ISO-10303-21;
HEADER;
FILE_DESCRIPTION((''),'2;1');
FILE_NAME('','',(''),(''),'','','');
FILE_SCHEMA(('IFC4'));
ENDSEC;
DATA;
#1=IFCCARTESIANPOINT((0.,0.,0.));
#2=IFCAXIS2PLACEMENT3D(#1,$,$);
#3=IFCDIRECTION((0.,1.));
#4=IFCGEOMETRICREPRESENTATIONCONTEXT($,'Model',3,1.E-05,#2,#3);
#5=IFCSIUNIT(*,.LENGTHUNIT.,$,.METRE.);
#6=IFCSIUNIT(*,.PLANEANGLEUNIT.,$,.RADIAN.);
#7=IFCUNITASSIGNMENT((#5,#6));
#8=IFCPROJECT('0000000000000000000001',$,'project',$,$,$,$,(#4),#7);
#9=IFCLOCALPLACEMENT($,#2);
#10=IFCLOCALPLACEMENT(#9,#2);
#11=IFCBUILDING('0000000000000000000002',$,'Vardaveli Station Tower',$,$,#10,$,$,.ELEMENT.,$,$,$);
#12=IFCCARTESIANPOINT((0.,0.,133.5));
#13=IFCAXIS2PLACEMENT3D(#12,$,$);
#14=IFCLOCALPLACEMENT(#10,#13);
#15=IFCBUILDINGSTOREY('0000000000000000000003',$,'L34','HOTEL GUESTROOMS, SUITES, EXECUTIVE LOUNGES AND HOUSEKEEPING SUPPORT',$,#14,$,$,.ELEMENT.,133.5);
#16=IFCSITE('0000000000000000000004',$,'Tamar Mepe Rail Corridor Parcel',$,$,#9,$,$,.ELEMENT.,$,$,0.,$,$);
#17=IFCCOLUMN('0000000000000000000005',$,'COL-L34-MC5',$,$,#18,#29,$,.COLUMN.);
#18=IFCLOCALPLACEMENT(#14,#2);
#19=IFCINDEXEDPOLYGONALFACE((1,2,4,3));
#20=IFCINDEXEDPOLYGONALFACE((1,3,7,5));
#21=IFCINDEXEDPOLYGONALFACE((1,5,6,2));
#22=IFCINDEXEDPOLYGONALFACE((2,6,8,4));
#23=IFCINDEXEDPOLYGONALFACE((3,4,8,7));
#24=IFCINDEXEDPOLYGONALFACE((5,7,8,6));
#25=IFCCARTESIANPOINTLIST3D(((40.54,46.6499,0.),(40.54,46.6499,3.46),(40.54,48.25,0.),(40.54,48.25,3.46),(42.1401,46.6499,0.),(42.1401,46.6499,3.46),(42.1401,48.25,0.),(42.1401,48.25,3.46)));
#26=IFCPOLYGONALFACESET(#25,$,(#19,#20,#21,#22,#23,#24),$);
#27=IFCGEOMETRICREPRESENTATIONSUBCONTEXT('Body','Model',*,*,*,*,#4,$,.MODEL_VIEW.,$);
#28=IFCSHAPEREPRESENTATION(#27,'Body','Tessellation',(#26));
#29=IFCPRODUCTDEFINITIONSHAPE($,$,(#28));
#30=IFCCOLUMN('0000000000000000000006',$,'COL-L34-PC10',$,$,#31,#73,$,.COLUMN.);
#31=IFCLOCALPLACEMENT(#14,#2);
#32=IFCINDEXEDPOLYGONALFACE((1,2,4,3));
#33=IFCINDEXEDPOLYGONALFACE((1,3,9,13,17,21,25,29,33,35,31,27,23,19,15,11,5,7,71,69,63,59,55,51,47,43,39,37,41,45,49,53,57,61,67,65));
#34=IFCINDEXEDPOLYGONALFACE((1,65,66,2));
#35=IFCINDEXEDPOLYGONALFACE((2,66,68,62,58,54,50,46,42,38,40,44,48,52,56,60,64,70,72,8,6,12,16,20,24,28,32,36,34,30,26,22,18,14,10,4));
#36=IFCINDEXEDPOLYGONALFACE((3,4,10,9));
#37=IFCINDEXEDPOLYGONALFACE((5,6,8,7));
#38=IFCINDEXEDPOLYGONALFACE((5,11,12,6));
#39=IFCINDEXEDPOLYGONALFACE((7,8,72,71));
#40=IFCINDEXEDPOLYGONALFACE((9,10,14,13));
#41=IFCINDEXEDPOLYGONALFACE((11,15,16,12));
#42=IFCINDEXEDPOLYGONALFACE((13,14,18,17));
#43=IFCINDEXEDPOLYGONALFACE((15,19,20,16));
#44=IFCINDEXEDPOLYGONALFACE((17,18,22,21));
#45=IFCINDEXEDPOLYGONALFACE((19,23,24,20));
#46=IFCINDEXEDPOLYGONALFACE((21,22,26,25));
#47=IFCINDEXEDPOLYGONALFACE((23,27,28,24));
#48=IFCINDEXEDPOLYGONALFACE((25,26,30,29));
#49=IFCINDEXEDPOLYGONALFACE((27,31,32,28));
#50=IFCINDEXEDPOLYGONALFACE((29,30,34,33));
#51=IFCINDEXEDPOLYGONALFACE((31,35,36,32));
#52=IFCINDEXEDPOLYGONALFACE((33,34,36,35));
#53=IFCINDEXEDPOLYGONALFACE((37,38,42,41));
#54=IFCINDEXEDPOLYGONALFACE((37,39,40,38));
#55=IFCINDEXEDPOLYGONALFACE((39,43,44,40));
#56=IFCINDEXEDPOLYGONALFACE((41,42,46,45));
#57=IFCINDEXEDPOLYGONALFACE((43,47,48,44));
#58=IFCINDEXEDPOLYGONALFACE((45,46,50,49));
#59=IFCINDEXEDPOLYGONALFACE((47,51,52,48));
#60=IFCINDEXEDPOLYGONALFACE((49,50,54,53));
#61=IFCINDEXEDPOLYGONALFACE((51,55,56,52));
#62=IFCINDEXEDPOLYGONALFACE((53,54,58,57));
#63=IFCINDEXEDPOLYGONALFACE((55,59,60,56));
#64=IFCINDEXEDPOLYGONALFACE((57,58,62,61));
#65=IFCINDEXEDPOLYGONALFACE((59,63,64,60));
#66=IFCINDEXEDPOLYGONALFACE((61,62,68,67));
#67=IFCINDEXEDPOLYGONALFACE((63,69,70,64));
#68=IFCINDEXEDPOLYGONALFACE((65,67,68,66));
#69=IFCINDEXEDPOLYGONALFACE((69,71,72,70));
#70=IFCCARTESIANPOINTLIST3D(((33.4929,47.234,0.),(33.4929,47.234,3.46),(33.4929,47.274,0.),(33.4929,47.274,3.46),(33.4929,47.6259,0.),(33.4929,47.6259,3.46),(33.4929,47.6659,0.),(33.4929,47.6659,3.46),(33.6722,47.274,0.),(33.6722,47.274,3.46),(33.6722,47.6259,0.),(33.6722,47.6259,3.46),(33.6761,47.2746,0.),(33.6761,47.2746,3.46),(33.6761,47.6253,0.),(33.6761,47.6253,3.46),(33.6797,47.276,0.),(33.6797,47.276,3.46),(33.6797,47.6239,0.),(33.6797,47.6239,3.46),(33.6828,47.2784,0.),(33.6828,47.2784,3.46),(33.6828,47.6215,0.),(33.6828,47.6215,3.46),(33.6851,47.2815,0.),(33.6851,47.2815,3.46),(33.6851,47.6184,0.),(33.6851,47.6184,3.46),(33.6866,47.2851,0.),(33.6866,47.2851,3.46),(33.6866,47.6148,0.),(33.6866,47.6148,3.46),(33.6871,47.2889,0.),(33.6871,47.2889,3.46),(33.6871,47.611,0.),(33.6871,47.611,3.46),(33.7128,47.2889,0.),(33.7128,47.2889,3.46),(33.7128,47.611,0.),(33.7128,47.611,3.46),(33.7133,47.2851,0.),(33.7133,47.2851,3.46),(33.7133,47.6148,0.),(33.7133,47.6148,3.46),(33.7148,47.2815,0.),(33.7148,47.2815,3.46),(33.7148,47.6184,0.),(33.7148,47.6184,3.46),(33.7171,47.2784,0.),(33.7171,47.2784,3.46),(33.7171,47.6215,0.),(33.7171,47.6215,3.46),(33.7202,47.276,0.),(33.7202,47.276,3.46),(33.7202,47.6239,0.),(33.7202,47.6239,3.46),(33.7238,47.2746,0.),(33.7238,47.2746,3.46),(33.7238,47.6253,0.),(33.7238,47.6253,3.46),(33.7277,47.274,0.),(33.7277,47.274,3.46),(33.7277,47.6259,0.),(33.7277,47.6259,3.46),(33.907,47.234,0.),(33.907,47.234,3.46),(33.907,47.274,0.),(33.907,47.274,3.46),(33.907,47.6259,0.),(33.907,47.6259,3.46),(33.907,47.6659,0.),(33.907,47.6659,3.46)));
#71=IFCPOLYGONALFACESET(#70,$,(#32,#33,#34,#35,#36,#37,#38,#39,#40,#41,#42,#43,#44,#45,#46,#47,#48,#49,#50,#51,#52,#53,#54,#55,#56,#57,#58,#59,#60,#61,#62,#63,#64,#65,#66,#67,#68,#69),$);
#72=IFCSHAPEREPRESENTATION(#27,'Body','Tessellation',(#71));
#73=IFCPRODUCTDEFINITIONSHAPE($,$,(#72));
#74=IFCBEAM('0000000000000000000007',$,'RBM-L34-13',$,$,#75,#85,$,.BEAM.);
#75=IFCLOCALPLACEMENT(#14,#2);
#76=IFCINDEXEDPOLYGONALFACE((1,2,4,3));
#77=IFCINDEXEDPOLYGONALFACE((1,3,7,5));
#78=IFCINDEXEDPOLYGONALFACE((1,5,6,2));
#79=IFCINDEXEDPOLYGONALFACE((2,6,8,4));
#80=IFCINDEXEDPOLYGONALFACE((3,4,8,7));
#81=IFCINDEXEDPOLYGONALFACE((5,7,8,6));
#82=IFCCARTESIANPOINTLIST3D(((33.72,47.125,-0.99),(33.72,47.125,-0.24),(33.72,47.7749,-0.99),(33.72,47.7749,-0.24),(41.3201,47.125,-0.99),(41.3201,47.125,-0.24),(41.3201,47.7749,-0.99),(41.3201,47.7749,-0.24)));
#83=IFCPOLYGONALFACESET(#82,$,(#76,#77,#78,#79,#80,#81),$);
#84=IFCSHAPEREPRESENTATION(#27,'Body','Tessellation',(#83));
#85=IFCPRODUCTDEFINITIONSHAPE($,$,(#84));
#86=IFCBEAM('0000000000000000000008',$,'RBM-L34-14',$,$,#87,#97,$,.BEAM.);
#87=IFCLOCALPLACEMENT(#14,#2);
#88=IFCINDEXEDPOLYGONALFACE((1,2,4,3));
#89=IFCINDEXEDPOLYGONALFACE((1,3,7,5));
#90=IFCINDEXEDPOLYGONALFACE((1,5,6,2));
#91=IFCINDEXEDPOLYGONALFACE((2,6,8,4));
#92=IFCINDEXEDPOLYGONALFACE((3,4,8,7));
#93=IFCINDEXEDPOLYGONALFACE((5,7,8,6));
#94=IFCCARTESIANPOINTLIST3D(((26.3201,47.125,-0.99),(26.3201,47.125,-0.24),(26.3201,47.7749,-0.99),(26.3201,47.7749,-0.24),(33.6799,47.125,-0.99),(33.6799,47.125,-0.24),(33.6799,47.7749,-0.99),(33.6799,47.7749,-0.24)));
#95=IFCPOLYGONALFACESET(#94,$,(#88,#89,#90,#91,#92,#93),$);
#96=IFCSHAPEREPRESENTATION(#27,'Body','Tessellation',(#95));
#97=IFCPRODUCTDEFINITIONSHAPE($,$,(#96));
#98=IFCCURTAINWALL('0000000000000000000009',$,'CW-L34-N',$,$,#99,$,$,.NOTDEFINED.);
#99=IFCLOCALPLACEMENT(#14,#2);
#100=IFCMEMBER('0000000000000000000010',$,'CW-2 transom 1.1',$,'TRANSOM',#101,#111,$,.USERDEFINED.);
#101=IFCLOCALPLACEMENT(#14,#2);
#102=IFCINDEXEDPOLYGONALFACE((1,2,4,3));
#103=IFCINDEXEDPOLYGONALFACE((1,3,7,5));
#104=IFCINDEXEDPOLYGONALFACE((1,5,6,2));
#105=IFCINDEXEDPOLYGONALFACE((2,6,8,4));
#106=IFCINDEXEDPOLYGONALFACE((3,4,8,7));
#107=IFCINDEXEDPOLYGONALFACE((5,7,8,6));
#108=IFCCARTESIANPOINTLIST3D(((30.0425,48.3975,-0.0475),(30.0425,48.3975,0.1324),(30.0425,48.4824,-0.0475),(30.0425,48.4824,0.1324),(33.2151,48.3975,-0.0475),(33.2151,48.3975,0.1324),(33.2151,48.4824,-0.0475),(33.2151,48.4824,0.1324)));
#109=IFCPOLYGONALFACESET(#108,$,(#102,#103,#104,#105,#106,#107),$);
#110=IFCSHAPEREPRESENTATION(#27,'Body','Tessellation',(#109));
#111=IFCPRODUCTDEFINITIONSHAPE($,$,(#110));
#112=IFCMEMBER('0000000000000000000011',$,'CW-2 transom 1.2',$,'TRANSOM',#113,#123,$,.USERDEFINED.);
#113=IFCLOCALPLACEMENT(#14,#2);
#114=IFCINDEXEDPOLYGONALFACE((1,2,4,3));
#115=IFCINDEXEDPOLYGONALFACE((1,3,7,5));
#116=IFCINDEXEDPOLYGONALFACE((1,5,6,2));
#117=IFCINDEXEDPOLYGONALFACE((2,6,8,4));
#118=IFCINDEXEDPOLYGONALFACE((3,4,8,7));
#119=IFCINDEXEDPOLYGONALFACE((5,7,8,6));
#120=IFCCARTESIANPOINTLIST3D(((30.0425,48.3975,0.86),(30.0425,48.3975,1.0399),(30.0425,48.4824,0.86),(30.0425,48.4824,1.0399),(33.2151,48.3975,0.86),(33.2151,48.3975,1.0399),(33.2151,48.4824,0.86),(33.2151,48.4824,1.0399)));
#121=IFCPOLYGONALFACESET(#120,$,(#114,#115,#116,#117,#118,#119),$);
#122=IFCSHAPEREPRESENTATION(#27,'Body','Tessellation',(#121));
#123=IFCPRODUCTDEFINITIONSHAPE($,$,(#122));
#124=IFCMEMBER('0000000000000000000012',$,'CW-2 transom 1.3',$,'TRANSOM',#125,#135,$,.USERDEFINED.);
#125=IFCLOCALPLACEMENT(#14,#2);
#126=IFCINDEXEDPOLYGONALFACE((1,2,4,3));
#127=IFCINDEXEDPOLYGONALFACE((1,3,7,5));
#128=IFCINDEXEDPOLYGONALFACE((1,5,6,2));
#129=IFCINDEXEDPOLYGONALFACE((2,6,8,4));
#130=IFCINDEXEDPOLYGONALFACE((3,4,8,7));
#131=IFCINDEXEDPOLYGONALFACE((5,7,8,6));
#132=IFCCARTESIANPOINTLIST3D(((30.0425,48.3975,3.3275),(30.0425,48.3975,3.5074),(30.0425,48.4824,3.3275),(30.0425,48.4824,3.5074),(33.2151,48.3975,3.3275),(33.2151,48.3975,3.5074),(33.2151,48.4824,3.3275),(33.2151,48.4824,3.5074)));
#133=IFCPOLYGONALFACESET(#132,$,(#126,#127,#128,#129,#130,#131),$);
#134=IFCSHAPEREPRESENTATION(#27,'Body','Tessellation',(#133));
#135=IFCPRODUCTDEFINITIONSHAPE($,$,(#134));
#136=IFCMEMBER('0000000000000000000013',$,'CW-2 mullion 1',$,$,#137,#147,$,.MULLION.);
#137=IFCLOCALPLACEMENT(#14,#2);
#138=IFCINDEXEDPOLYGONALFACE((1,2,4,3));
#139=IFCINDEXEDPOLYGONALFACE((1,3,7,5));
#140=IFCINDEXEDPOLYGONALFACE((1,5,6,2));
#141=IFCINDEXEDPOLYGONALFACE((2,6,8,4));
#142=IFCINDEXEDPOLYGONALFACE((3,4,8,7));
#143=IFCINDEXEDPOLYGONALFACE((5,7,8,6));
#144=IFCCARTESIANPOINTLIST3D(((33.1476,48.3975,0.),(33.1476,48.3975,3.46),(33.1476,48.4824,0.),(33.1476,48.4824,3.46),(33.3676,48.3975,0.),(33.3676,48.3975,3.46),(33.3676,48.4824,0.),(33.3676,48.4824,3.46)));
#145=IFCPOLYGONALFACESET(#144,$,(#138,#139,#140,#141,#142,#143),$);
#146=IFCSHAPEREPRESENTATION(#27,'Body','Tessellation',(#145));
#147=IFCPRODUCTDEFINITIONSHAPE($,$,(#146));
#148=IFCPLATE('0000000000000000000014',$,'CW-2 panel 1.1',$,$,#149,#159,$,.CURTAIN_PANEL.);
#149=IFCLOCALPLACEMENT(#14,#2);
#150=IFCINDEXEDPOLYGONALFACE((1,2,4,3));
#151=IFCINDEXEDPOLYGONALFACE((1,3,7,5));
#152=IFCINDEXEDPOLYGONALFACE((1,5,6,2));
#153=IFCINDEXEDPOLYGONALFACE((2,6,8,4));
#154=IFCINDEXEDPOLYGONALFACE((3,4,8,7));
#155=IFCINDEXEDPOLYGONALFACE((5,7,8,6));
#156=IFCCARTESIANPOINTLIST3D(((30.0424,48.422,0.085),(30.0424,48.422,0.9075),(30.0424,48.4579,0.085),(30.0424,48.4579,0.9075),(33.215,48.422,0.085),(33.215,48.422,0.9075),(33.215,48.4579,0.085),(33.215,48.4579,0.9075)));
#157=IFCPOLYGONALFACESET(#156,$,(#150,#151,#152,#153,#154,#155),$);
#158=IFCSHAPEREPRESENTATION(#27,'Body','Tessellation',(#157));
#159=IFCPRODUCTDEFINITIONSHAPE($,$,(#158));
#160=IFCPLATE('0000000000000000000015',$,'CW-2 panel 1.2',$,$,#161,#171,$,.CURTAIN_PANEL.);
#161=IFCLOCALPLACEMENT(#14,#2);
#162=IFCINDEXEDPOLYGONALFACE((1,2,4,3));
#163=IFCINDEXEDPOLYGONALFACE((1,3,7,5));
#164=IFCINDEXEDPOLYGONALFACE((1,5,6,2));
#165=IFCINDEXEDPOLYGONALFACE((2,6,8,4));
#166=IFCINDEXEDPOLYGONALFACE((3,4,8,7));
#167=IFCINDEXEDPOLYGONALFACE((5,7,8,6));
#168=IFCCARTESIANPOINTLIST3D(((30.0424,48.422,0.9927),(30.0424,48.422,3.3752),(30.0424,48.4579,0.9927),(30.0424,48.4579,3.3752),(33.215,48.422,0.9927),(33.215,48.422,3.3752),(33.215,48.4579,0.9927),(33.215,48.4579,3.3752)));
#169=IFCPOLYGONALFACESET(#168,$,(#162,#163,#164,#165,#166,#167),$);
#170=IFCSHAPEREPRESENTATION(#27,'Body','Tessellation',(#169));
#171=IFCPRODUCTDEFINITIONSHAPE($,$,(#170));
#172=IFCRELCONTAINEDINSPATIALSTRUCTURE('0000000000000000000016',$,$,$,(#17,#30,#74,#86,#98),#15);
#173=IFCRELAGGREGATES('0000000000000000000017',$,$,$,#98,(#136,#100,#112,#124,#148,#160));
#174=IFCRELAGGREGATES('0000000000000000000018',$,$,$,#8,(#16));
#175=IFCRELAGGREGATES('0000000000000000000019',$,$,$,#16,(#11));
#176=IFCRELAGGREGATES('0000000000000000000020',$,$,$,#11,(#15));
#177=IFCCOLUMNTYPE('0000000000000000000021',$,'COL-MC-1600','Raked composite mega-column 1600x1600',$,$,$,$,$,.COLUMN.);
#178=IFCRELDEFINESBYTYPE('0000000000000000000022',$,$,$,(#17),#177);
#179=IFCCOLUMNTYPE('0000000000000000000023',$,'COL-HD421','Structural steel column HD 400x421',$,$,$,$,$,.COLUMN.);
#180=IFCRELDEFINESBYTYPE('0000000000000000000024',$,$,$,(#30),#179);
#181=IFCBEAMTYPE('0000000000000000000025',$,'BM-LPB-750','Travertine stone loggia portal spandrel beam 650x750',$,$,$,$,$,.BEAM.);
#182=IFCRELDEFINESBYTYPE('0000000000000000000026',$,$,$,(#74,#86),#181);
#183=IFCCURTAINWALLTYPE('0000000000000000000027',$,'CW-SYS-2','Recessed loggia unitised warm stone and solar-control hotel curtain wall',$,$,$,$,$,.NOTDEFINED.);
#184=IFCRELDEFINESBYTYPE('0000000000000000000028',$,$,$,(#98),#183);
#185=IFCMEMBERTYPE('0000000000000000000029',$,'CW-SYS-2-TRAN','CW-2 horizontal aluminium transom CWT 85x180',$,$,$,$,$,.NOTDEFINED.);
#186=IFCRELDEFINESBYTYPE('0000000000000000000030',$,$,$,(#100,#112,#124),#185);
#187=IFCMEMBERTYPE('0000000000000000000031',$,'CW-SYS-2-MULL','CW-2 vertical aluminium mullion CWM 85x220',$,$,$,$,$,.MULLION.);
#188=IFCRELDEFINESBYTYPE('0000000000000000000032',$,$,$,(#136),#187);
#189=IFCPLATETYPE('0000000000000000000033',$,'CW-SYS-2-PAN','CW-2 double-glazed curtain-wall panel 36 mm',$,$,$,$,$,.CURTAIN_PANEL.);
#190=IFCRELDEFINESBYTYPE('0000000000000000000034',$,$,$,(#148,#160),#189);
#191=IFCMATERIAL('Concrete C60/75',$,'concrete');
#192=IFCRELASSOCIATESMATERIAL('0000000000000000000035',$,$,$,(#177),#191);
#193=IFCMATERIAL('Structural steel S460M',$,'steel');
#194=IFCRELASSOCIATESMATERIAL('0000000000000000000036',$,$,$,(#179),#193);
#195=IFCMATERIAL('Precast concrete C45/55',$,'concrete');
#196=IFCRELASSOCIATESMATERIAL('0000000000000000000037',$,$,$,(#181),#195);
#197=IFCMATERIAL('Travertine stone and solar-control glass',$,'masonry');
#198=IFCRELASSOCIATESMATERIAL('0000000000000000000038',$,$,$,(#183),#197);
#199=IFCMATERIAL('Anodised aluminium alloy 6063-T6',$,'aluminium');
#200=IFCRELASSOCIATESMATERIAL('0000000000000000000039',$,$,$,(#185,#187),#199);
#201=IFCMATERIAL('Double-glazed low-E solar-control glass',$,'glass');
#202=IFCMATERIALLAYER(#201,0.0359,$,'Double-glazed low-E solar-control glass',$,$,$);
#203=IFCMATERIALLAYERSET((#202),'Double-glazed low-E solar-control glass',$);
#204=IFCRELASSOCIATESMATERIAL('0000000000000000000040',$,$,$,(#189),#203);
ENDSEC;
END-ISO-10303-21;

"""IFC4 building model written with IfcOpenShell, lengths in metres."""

from ifc_helpers import new_model, si_unit, direction, frame, origin, origin_2d, place, context, subcontext, project, spatial, rectangle, i_section, extrude, source, transform, mapped, material, layer, layer_set, material_profile, profile_set, type_object, element, aggregate, save


model = new_model("IFC4")

# Units and contexts
model_context = context("Model", 3, precision=1e-05, world=origin(), true_north=direction((0.0, 1.0)))
body_context = subcontext(model_context, "Body", "Model", "MODEL_VIEW")
ifc_project = project(units=[si_unit("LENGTHUNIT", "METRE"), si_unit("PLANEANGLEUNIT", "RADIAN")], contexts=[model_context])

# Site, building, storey
site_placement = place(None, origin())
site = spatial("IfcSite", under=ifc_project, at=site_placement, Name="Tamar Mepe Rail Corridor Parcel", CompositionType="ELEMENT", RefElevation=0.0)
building_placement = place(site_placement, origin())
building = spatial("IfcBuilding", under=site, at=building_placement, Name="Vardaveli Station Tower", CompositionType="ELEMENT")
storey_placement = place(building_placement, frame((0.0, 0.0, 133.5)))
storey = spatial("IfcBuildingStorey", under=building, at=storey_placement, Name="L34", Description="HOTEL GUESTROOMS, SUITES, EXECUTIVE LOUNGES AND HOUSEKEEPING SUPPORT", CompositionType="ELEMENT", Elevation=133.5)

# Columns
ifc_material_1 = material(Name="Concrete C60/75", Category="concrete")
ifc_material_profile_1 = material_profile(ifc_material_1, rectangle(XDim=1.6001, YDim=1.6001, at=origin_2d()), Name="MC 1600x1600")
ifc_profile_set_1 = profile_set([ifc_material_profile_1], Name="Concrete C60/75")
column_type_1 = type_object("IfcColumnType", Name="COL-MC-1600", Description="Raked composite mega-column 1600x1600", PredefinedType="COLUMN", material=ifc_profile_set_1)
shared_shape_1 = source(origin(), body_context, "Body", "SweptSolid", [
    extrude(rectangle(XDim=1.6001, YDim=1.6001, at=origin_2d()), origin(), (0.0, 0.0, 1.0), 3.46),
])
column_1_placement = place(storey_placement, frame((41.3401, 47.45, 0.0), z_axis=(0.0, 0.0, 1.0), x_axis=(1.0, 0.0, 0.0)))
element("IfcColumn", 1, at=column_1_placement, inside=storey, type_object=column_type_1, Name="COL-L34-MC5", PredefinedType="COLUMN", context=body_context, shape_type="MappedRepresentation", body=[
    mapped(shared_shape_1, transform((0.0, 0.0, 0.0), scale=1.0)),
])
ifc_material_2 = material(Name="Structural steel S460M", Category="steel")
ifc_material_profile_2 = material_profile(ifc_material_2, i_section(OverallWidth=0.4141, OverallDepth=0.4319, WebThickness=0.0256, FlangeThickness=0.04, FilletRadius=0.0149, at=origin_2d()), Name="HD 400x421")
ifc_profile_set_2 = profile_set([ifc_material_profile_2], Name="Structural steel S460M")
column_type_2 = type_object("IfcColumnType", Name="COL-HD421", Description="Structural steel column HD 400x421", PredefinedType="COLUMN", material=ifc_profile_set_2)
shared_shape_2 = source(origin(), body_context, "Body", "SweptSolid", [
    extrude(i_section(OverallWidth=0.4141, OverallDepth=0.4319, WebThickness=0.0256, FlangeThickness=0.04, FilletRadius=0.0149, at=origin_2d()), origin(), (0.0, 0.0, 1.0), 3.46),
])
column_2_placement = place(storey_placement, frame((33.7, 47.45, 0.0), z_axis=(0.0, 0.0, 1.0), x_axis=(1.0, 0.0, 0.0)))
element("IfcColumn", 2, at=column_2_placement, inside=storey, type_object=column_type_2, Name="COL-L34-PC10", PredefinedType="COLUMN", context=body_context, shape_type="MappedRepresentation", body=[
    mapped(shared_shape_2, transform((0.0, 0.0, 0.0), scale=1.0)),
])

# Beams
ifc_material_3 = material(Name="Precast concrete C45/55", Category="concrete")
ifc_material_profile_3 = material_profile(ifc_material_3, rectangle(XDim=0.6499, YDim=0.75, at=origin_2d()), Name="LPB 650x750")
ifc_profile_set_3 = profile_set([ifc_material_profile_3], Name="Precast concrete C45/55")
beam_type = type_object("IfcBeamType", Name="BM-LPB-750", Description="Travertine stone loggia portal spandrel beam 650x750", PredefinedType="BEAM", material=ifc_profile_set_3)
shared_shape_3 = source(origin(), body_context, "Body", "SweptSolid", [
    extrude(rectangle(XDim=0.6499, YDim=0.75, at=origin_2d()), origin(), (0.0, 0.0, 1.0), 7.6001),
])
beam_1_placement = place(storey_placement, frame((41.3201, 47.45, -0.615), z_axis=(-1.0, 0.0, 0.0), x_axis=(0.0, -1.0, 0.0)))
element("IfcBeam", 3, at=beam_1_placement, inside=storey, type_object=beam_type, Name="RBM-L34-13", PredefinedType="BEAM", context=body_context, shape_type="MappedRepresentation", body=[
    mapped(shared_shape_3, transform((0.0, 0.0, 0.0), scale=1.0)),
])
shared_shape_4 = source(origin(), body_context, "Body", "SweptSolid", [
    extrude(rectangle(XDim=0.6499, YDim=0.75, at=origin_2d()), origin(), (0.0, 0.0, 1.0), 7.3599),
])
beam_2_placement = place(storey_placement, frame((33.6799, 47.45, -0.615), z_axis=(-1.0, 0.0, 0.0), x_axis=(0.0, -1.0, 0.0)))
element("IfcBeam", 4, at=beam_2_placement, inside=storey, type_object=beam_type, Name="RBM-L34-14", PredefinedType="BEAM", context=body_context, shape_type="MappedRepresentation", body=[
    mapped(shared_shape_4, transform((0.0, 0.0, 0.0), scale=1.0)),
])

# Curtain wall, members, plates
ifc_material_4 = material(Name="Travertine stone and solar-control glass", Category="masonry")
curtain_wall_type = type_object("IfcCurtainWallType", Name="CW-SYS-2", Description="Recessed loggia unitised warm stone and solar-control hotel curtain wall", PredefinedType="NOTDEFINED", material=ifc_material_4)
curtain_wall_placement = place(storey_placement, origin())
curtain_wall = element("IfcCurtainWall", 5, at=curtain_wall_placement, inside=storey, type_object=curtain_wall_type, Name="CW-L34-N", PredefinedType="NOTDEFINED")
ifc_material_5 = material(Name="Anodised aluminium alloy 6063-T6", Category="aluminium")
ifc_material_profile_4 = material_profile(ifc_material_5, rectangle(XDim=0.085, YDim=0.1799, at=origin_2d()), Name="CWT 85x180")
ifc_profile_set_4 = profile_set([ifc_material_profile_4], Name="Anodised aluminium alloy 6063-T6")
member_type_1 = type_object("IfcMemberType", Name="CW-SYS-2-TRAN", Description="CW-2 horizontal aluminium transom CWT 85x180", PredefinedType="NOTDEFINED", material=ifc_profile_set_4)
shared_shape_5 = source(origin(), body_context, "Body", "SweptSolid", [
    extrude(rectangle(XDim=0.085, YDim=0.1799, at=origin_2d()), origin(), (0.0, 0.0, 1.0), 3.1726),
])
member_1_placement = place(storey_placement, frame((33.2151, 48.4399, 0.0425), z_axis=(-1.0, 0.0, 0.0), x_axis=(0.0, -1.0, 0.0)))
member_1 = element("IfcMember", 6, at=member_1_placement, type_object=member_type_1, Name="CW-2 transom 1.1", ObjectType="TRANSOM", PredefinedType="USERDEFINED", context=body_context, shape_type="MappedRepresentation", body=[
    mapped(shared_shape_5, transform((0.0, 0.0, 0.0), scale=1.0)),
])
member_2_placement = place(storey_placement, frame((33.2151, 48.4399, 0.95), z_axis=(-1.0, 0.0, 0.0), x_axis=(0.0, -1.0, 0.0)))
member_2 = element("IfcMember", 7, at=member_2_placement, type_object=member_type_1, Name="CW-2 transom 1.2", ObjectType="TRANSOM", PredefinedType="USERDEFINED", context=body_context, shape_type="MappedRepresentation", body=[
    mapped(shared_shape_5, transform((0.0, 0.0, 0.0), scale=1.0)),
])
member_3_placement = place(storey_placement, frame((33.2151, 48.4399, 3.4175), z_axis=(-1.0, 0.0, 0.0), x_axis=(0.0, -1.0, 0.0)))
member_3 = element("IfcMember", 8, at=member_3_placement, type_object=member_type_1, Name="CW-2 transom 1.3", ObjectType="TRANSOM", PredefinedType="USERDEFINED", context=body_context, shape_type="MappedRepresentation", body=[
    mapped(shared_shape_5, transform((0.0, 0.0, 0.0), scale=1.0)),
])
ifc_material_profile_5 = material_profile(ifc_material_5, rectangle(XDim=0.085, YDim=0.22, at=origin_2d()), Name="CWM 85x220")
ifc_profile_set_5 = profile_set([ifc_material_profile_5], Name="Anodised aluminium alloy 6063-T6")
member_type_2 = type_object("IfcMemberType", Name="CW-SYS-2-MULL", Description="CW-2 vertical aluminium mullion CWM 85x220", PredefinedType="MULLION", material=ifc_profile_set_5)
shared_shape_6 = source(origin(), body_context, "Body", "SweptSolid", [
    extrude(rectangle(XDim=0.085, YDim=0.22, at=origin_2d()), origin(), (0.0, 0.0, 1.0), 3.46),
])
member_4_placement = place(storey_placement, frame((33.2576, 48.4399, 0.0), z_axis=(0.0, 0.0, 1.0), x_axis=(0.0, -1.0, 0.0)))
member_4 = element("IfcMember", 9, at=member_4_placement, type_object=member_type_2, Name="CW-2 mullion 1", PredefinedType="MULLION", context=body_context, shape_type="MappedRepresentation", body=[
    mapped(shared_shape_6, transform((0.0, 0.0, 0.0), scale=1.0)),
])
ifc_material_6 = material(Name="Double-glazed low-E solar-control glass", Category="glass")
ifc_layer_1 = layer(ifc_material_6, 0.0359, Name="Double-glazed low-E solar-control glass")
ifc_layer_set_1 = layer_set([ifc_layer_1], Name="Double-glazed low-E solar-control glass")
plate_type = type_object("IfcPlateType", Name="CW-SYS-2-PAN", Description="CW-2 double-glazed curtain-wall panel 36 mm", PredefinedType="CURTAIN_PANEL", material=ifc_layer_set_1)
shared_shape_7 = source(origin(), body_context, "Body", "SweptSolid", [
    extrude(rectangle(XDim=3.1726, YDim=0.0359, at=origin_2d()), origin(), (0.0, 0.0, 1.0), 0.8225),
])
plate_1_placement = place(storey_placement, frame((31.6287, 48.4399, 0.085), z_axis=(0.0, 0.0, 1.0), x_axis=(-1.0, 0.0, 0.0)))
plate_1 = element("IfcPlate", 10, at=plate_1_placement, type_object=plate_type, Name="CW-2 panel 1.1", PredefinedType="CURTAIN_PANEL", context=body_context, shape_type="MappedRepresentation", body=[
    mapped(shared_shape_7, transform((0.0, 0.0, 0.0), scale=1.0)),
])
shared_shape_8 = source(origin(), body_context, "Body", "SweptSolid", [
    extrude(rectangle(XDim=3.1726, YDim=0.0359, at=origin_2d()), origin(), (0.0, 0.0, 1.0), 2.3826),
])
plate_2_placement = place(storey_placement, frame((31.6287, 48.4399, 0.9927), z_axis=(0.0, 0.0, 1.0), x_axis=(-1.0, 0.0, 0.0)))
plate_2 = element("IfcPlate", 11, at=plate_2_placement, type_object=plate_type, Name="CW-2 panel 1.2", PredefinedType="CURTAIN_PANEL", context=body_context, shape_type="MappedRepresentation", body=[
    mapped(shared_shape_8, transform((0.0, 0.0, 0.0), scale=1.0)),
])
aggregate(curtain_wall, [member_4, member_1, member_2, member_3, plate_1, plate_2])

save(model, "model.ifc")
